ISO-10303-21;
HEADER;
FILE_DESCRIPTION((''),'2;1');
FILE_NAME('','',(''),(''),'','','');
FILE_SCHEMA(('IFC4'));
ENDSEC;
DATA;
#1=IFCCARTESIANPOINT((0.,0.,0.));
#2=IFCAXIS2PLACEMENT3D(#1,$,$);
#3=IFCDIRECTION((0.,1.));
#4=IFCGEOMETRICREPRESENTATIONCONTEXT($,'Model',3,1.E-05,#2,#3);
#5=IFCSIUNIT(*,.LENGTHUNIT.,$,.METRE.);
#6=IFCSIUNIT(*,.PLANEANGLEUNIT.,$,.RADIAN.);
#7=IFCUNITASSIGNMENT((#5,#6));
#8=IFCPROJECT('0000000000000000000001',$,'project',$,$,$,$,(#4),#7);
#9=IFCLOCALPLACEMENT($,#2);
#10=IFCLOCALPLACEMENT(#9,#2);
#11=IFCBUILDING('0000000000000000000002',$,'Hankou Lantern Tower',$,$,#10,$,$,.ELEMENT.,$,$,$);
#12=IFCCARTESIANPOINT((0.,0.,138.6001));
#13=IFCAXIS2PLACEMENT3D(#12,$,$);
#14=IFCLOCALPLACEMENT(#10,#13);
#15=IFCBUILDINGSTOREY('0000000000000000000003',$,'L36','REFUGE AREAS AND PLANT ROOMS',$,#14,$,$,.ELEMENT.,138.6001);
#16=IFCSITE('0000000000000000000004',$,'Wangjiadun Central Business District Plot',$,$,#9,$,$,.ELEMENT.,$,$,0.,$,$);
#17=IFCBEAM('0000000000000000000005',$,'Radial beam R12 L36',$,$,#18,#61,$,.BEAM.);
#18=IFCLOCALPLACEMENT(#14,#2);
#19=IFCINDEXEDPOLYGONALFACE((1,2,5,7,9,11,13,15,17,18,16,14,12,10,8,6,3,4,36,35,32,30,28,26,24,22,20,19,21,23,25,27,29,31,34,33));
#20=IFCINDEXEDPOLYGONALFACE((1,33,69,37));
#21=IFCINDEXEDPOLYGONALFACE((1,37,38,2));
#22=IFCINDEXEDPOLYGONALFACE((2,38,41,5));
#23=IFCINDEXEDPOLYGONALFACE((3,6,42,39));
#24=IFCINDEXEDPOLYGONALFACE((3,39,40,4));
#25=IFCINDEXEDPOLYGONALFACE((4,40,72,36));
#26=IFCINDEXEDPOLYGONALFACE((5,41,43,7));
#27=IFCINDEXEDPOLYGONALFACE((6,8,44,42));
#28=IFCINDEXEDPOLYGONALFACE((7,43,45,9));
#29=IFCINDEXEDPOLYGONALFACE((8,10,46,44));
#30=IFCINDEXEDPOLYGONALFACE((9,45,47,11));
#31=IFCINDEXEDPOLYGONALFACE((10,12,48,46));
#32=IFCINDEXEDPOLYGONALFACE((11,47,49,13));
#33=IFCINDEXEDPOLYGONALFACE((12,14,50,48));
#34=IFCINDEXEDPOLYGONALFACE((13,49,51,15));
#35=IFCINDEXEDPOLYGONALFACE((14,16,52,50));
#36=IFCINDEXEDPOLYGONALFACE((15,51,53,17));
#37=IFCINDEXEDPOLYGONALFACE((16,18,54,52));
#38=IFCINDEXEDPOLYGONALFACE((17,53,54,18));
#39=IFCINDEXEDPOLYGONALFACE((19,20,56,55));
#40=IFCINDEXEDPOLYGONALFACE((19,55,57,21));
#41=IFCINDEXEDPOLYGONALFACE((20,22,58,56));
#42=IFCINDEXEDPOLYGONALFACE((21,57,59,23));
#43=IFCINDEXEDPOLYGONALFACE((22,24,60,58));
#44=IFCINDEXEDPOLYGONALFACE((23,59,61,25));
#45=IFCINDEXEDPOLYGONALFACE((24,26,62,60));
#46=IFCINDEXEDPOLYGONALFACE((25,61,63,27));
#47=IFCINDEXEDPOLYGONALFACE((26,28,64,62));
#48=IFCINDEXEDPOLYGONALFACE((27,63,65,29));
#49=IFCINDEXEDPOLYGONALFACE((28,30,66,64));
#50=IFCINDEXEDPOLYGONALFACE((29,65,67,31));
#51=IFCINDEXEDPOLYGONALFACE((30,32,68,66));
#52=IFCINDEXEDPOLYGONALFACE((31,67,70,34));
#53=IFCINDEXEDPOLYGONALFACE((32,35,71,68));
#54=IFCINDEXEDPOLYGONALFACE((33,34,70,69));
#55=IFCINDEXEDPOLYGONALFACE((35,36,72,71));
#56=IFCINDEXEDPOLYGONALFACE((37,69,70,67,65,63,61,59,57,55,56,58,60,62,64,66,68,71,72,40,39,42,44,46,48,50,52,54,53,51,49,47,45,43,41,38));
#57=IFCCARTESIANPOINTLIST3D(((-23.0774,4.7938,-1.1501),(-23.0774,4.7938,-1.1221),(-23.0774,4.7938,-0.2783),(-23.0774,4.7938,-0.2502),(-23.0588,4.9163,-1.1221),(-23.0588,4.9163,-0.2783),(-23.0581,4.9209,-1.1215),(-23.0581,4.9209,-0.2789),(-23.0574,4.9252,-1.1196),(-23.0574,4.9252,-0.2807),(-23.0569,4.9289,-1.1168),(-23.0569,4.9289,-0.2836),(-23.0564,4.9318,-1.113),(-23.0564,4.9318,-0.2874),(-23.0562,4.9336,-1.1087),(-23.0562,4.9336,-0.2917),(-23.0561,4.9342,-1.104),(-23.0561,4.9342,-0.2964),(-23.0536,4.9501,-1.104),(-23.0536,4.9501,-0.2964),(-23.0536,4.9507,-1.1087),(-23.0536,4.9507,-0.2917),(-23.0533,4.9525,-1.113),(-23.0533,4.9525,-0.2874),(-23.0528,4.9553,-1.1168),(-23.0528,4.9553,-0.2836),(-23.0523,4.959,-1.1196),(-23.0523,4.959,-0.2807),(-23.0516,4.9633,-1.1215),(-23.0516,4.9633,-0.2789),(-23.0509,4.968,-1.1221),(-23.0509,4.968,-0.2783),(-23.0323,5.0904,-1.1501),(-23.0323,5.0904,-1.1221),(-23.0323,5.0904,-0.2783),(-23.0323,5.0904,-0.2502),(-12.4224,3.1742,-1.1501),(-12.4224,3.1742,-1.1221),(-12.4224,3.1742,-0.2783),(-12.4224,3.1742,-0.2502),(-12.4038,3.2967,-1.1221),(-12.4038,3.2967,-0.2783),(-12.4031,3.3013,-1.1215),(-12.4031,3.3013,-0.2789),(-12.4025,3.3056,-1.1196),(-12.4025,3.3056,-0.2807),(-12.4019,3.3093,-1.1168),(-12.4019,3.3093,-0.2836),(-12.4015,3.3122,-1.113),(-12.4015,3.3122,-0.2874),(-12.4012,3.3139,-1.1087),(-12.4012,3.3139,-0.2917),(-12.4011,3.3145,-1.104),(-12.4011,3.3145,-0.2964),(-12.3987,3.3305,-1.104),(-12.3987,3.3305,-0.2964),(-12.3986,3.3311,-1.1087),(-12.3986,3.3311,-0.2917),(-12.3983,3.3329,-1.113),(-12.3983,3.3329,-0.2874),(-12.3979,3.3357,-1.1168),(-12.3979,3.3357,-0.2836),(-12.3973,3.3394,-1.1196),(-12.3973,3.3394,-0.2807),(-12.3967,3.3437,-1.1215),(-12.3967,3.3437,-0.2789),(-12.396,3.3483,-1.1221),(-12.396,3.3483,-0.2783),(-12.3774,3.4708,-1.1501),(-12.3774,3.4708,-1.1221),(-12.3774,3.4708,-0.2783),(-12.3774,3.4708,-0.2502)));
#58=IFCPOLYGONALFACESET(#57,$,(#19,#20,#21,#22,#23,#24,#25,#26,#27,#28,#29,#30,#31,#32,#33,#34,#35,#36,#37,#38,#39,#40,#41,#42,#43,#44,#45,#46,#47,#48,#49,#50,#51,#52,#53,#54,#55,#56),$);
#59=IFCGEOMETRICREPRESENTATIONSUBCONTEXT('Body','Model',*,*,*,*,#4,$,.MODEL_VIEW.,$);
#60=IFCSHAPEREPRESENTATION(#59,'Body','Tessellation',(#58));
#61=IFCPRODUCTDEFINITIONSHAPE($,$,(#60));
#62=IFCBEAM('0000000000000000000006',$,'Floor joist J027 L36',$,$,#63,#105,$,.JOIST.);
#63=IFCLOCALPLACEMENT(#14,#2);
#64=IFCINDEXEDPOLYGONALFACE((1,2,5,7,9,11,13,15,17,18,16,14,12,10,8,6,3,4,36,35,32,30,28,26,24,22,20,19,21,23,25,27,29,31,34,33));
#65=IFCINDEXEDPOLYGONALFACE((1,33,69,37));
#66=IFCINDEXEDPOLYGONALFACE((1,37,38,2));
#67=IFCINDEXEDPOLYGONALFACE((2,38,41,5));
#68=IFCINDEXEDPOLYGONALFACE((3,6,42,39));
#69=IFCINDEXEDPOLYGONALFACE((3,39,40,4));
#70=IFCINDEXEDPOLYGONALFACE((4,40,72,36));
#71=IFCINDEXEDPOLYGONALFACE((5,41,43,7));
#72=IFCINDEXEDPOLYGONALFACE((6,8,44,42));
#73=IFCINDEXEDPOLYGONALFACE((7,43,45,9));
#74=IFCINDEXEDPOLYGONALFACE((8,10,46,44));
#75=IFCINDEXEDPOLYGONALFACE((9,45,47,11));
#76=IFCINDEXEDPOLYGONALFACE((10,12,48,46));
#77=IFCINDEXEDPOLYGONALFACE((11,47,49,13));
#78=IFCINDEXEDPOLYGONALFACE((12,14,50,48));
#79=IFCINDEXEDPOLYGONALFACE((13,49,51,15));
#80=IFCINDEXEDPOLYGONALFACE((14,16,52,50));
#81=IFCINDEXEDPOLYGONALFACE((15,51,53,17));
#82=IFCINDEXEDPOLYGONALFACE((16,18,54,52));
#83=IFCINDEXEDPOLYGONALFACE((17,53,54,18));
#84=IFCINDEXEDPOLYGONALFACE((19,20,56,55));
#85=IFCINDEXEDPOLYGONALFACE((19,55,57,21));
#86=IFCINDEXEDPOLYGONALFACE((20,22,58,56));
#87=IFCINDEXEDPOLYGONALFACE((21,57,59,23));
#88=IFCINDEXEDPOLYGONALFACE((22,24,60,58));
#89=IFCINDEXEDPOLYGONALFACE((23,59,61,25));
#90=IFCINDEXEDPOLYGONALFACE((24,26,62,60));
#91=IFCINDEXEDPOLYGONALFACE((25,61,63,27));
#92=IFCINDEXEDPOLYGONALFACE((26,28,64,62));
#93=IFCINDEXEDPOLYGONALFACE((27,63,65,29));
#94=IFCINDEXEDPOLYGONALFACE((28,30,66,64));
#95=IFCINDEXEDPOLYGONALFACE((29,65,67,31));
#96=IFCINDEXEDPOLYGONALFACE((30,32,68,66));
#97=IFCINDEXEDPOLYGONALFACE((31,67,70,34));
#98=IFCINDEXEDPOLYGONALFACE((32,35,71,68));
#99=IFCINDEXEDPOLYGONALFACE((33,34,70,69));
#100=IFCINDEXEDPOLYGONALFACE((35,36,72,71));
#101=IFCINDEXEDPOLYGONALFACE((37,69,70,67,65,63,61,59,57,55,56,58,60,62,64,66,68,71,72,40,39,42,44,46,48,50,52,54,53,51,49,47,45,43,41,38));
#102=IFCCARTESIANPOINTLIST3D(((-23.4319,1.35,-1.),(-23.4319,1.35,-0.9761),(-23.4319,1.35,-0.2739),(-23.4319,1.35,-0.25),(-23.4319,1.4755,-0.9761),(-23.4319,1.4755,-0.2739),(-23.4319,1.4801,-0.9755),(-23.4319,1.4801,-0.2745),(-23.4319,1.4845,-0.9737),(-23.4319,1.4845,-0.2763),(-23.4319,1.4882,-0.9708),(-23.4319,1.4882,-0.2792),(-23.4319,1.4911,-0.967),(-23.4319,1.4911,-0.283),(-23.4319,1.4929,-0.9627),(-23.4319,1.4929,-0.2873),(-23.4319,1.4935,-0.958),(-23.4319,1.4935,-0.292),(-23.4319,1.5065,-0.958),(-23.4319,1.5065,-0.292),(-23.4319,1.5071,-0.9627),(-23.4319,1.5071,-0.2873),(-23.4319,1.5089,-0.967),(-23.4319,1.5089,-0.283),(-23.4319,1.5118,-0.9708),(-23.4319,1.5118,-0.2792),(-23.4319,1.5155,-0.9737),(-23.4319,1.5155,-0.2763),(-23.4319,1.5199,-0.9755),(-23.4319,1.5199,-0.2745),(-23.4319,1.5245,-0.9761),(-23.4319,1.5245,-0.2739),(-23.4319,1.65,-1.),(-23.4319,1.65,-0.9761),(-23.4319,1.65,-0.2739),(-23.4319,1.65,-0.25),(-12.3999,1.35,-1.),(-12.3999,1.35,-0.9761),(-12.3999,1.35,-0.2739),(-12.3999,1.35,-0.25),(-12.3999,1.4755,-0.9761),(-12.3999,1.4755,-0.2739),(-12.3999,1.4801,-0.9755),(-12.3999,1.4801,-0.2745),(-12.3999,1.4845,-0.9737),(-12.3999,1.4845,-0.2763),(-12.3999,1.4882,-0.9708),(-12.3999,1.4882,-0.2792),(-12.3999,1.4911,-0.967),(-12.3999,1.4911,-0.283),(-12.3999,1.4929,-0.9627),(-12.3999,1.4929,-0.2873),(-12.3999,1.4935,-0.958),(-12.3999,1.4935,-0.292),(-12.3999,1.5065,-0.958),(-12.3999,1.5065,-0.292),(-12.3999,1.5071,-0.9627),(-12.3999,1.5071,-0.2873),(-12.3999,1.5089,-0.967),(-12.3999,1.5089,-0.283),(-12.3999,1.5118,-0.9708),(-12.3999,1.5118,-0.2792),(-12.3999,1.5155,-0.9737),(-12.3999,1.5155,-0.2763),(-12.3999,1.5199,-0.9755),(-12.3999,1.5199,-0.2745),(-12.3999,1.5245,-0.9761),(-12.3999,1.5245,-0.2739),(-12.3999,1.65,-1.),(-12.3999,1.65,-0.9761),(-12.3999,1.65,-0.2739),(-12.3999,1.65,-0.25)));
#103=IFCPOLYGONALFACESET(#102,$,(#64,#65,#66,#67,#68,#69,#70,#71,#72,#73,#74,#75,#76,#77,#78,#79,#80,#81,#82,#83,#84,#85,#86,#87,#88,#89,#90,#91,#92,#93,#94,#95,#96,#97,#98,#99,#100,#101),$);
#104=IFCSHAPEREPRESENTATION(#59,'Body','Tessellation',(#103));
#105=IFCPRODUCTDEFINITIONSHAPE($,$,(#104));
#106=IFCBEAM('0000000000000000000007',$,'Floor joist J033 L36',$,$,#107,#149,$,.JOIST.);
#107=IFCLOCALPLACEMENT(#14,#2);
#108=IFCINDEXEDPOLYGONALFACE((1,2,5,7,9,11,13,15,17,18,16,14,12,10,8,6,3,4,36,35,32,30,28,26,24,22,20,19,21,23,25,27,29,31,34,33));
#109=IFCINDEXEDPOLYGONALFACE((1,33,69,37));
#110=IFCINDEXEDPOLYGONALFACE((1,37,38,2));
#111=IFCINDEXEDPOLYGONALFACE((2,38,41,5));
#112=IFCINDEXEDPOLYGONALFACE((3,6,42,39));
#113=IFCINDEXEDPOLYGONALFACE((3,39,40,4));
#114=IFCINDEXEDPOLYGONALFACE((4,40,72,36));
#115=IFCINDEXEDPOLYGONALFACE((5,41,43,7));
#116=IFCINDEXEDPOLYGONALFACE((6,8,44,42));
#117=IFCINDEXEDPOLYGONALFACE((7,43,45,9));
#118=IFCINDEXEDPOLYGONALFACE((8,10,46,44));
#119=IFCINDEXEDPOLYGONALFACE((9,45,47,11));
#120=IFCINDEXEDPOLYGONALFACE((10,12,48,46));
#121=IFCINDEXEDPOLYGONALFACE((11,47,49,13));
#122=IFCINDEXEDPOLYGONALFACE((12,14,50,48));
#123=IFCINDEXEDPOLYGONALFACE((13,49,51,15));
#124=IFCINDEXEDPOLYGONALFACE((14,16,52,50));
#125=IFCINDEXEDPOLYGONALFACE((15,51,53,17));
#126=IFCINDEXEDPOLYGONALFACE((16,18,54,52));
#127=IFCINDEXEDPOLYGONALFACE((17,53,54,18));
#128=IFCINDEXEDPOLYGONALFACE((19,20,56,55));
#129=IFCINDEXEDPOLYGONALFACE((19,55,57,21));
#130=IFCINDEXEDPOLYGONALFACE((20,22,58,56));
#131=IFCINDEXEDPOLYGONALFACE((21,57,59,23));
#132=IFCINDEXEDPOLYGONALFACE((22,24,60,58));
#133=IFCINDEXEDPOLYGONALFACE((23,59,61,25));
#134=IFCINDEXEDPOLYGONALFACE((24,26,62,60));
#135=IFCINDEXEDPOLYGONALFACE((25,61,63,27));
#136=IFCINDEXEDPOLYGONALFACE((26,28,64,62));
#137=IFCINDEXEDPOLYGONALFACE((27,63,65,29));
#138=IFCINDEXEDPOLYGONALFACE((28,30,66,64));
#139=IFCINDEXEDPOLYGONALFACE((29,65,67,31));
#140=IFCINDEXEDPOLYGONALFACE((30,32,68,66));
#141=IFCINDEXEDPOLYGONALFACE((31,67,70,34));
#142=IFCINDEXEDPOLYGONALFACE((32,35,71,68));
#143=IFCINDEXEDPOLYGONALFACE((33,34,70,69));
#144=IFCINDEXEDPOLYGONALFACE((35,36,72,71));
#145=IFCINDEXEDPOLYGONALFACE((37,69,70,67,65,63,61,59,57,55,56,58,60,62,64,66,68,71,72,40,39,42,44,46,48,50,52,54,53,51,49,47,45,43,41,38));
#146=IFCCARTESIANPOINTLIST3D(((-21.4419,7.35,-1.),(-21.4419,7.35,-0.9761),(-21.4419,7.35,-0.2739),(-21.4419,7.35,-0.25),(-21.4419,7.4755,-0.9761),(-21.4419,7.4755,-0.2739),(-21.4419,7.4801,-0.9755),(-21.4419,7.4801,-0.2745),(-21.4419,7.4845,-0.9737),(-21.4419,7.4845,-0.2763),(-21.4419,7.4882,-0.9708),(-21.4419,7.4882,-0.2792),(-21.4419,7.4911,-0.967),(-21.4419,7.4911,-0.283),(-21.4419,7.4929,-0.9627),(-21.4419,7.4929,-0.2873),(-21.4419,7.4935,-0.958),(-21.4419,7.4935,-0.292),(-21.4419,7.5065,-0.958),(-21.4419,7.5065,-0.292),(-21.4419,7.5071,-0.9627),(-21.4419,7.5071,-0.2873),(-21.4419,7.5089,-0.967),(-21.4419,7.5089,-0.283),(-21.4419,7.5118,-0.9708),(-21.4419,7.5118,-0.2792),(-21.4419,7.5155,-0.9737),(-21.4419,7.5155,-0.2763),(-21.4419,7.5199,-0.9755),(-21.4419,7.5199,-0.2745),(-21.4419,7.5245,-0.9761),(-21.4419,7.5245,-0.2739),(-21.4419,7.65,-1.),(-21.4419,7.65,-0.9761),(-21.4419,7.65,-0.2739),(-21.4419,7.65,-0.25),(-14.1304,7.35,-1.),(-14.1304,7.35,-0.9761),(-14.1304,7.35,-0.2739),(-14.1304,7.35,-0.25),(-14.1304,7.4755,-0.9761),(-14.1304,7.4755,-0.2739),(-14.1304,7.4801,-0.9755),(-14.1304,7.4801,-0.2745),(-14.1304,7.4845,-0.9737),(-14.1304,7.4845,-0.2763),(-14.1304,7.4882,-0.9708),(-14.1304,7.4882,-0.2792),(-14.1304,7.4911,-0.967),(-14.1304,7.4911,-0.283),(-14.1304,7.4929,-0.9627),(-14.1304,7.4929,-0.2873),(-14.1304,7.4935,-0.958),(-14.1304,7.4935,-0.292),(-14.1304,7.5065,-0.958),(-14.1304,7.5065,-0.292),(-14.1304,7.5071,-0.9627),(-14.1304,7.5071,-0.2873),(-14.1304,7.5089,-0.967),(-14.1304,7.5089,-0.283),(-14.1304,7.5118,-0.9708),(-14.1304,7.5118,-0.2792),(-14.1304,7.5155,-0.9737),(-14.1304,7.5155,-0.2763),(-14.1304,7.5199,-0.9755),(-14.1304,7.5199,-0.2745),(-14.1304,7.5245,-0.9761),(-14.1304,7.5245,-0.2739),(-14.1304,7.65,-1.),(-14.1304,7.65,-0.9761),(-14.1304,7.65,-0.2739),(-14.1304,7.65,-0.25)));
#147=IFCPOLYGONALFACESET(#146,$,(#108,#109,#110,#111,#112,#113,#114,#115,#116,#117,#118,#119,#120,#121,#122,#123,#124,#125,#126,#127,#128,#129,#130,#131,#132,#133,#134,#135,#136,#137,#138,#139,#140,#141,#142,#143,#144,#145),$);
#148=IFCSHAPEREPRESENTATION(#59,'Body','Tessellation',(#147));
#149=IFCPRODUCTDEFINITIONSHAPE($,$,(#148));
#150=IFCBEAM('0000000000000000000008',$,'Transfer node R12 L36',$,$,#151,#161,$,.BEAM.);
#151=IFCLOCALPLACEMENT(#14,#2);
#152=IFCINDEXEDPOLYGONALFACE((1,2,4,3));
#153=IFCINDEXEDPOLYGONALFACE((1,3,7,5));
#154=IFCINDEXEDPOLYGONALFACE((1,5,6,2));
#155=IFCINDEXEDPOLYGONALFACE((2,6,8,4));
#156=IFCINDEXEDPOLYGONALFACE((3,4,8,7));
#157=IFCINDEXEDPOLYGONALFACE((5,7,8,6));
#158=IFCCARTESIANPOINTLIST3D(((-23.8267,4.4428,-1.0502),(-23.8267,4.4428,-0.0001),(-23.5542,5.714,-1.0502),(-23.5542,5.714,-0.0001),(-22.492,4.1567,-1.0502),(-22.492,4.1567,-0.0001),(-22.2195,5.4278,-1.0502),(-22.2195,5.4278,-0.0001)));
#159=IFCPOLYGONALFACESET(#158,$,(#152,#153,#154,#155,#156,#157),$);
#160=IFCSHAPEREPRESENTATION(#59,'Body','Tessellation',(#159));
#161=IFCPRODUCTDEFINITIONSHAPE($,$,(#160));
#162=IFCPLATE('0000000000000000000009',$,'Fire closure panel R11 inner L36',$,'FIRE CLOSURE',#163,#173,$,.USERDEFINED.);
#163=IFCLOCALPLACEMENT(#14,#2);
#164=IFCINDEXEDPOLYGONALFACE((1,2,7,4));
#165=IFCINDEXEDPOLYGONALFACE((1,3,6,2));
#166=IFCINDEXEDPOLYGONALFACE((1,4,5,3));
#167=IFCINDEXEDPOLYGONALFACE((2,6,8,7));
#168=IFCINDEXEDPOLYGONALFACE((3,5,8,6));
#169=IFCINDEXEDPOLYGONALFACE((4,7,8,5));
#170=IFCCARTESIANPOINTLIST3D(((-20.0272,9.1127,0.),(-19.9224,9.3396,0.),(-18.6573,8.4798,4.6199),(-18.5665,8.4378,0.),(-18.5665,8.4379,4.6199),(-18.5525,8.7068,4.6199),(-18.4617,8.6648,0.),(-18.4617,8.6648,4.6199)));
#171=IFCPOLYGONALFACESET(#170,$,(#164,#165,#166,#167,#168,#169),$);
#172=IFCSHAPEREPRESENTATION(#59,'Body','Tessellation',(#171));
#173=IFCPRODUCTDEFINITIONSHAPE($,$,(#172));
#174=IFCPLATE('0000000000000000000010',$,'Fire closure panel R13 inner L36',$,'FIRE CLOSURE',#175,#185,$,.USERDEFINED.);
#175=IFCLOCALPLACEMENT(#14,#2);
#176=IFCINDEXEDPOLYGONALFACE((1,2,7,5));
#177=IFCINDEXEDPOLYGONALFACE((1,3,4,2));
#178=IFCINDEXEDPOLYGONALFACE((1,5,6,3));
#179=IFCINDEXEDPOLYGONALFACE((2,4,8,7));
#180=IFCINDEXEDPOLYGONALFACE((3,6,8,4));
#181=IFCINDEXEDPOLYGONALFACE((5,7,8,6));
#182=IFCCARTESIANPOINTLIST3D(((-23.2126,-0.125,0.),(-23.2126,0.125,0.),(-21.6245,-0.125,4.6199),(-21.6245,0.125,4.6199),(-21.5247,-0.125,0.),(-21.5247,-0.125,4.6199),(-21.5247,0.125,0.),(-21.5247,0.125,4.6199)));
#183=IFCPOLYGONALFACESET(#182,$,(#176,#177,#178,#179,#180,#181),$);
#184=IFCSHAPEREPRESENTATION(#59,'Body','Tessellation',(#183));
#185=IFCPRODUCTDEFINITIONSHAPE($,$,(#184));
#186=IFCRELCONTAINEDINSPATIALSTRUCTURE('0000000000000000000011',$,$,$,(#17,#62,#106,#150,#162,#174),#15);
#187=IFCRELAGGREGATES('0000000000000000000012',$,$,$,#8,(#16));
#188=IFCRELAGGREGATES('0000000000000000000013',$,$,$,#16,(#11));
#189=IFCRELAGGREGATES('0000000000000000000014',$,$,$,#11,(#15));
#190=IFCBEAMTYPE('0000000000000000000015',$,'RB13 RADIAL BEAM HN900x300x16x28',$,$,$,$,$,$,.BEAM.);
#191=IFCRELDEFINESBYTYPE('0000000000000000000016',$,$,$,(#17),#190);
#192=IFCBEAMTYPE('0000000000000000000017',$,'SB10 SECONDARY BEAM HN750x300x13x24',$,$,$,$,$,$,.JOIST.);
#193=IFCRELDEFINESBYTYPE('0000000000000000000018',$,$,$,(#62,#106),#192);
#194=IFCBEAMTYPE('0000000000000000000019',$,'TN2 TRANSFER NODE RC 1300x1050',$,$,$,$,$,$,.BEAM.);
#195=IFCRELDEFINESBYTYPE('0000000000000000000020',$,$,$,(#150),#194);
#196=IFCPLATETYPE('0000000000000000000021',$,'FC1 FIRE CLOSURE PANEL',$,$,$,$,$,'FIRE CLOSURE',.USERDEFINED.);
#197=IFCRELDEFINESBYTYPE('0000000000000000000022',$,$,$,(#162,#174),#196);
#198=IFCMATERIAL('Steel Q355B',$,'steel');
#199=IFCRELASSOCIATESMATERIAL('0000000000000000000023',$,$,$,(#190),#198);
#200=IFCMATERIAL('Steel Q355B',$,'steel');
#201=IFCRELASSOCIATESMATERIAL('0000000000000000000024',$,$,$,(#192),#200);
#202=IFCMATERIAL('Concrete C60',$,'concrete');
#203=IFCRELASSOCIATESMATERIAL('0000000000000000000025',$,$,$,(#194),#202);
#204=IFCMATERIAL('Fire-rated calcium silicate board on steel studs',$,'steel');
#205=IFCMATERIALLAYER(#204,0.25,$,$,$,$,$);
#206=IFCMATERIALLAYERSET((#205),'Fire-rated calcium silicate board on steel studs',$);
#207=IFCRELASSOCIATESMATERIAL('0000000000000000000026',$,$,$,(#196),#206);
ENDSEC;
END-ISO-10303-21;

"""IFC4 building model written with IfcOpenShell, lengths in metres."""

from ifc_helpers import new_model, si_unit, direction, frame, origin, origin_2d, place, context, subcontext, project, spatial, polyline, rectangle, i_section, outline, extrude, material, layer, layer_set, material_profile, profile_set, type_object, element, save


model = new_model("IFC4")

# Units and contexts
model_context = context("Model", 3, precision=1e-05, world=origin(), true_north=direction((0.0, 1.0)))
body_context = subcontext(model_context, "Body", "Model", "MODEL_VIEW")
ifc_project = project(units=[si_unit("LENGTHUNIT", "METRE"), si_unit("PLANEANGLEUNIT", "RADIAN")], contexts=[model_context])

# Site, building, storey
site_placement = place(None, origin())
site = spatial("IfcSite", under=ifc_project, at=site_placement, Name="Wangjiadun Central Business District Plot", CompositionType="ELEMENT", RefElevation=0.0)
building_placement = place(site_placement, origin())
building = spatial("IfcBuilding", under=site, at=building_placement, Name="Hankou Lantern Tower", CompositionType="ELEMENT")
storey_placement = place(building_placement, frame((0.0, 0.0, 138.6001)))
storey = spatial("IfcBuildingStorey", under=building, at=storey_placement, Name="L36", Description="REFUGE AREAS AND PLANT ROOMS", CompositionType="ELEMENT", Elevation=138.6001)

# Beams
ifc_material_1 = material(Name="Steel Q355B", Category="steel")
ifc_material_profile_1 = material_profile(ifc_material_1, i_section(OverallWidth=0.3, OverallDepth=0.8999, WebThickness=0.0161, FlangeThickness=0.0281, FilletRadius=0.0181, at=origin_2d()), Name="HN900x300x16x28")
ifc_profile_set_1 = profile_set([ifc_material_profile_1], Name="Steel Q355B")
beam_type_1 = type_object("IfcBeamType", Name="RB13 RADIAL BEAM HN900x300x16x28", PredefinedType="BEAM", material=ifc_profile_set_1)
beam_1_placement = place(storey_placement, frame((-12.3999, 3.3225, -0.7002), z_axis=(-0.988644, 0.15028, 0.0), x_axis=(-0.15028, -0.988644, 0.0)))
element("IfcBeam", 1, at=beam_1_placement, inside=storey, type_object=beam_type_1, Name="Radial beam R12 L36", PredefinedType="BEAM", context=body_context, shape_type="SweptSolid", body=[
    extrude(i_section(OverallWidth=0.3, OverallDepth=0.8999, WebThickness=0.0161, FlangeThickness=0.0281, FilletRadius=0.0181, at=origin_2d()), origin(), (0.0, 0.0, 1.0), 10.7773),
])
ifc_material_2 = material(Name="Steel Q355B", Category="steel")
ifc_material_profile_2 = material_profile(ifc_material_2, i_section(OverallWidth=0.3, OverallDepth=0.75, WebThickness=0.0129, FlangeThickness=0.0239, FilletRadius=0.0181, at=origin_2d()), Name="HN750x300x13x24")
ifc_profile_set_2 = profile_set([ifc_material_profile_2], Name="Steel Q355B")
beam_type_2 = type_object("IfcBeamType", Name="SB10 SECONDARY BEAM HN750x300x13x24", PredefinedType="JOIST", material=ifc_profile_set_2)
beam_2_placement = place(storey_placement, frame((-23.4319, 1.5, -0.625), z_axis=(1.0, 0.0, 0.0), x_axis=(0.0, 1.0, 0.0)))
element("IfcBeam", 2, at=beam_2_placement, inside=storey, type_object=beam_type_2, Name="Floor joist J027 L36", PredefinedType="JOIST", context=body_context, shape_type="SweptSolid", body=[
    extrude(i_section(OverallWidth=0.3, OverallDepth=0.75, WebThickness=0.0129, FlangeThickness=0.0239, FilletRadius=0.0181, at=origin_2d()), origin(), (0.0, 0.0, 1.0), 11.032),
])
beam_3_placement = place(storey_placement, frame((-21.4419, 7.5, -0.625), z_axis=(1.0, 0.0, 0.0), x_axis=(0.0, 1.0, 0.0)))
element("IfcBeam", 3, at=beam_3_placement, inside=storey, type_object=beam_type_2, Name="Floor joist J033 L36", PredefinedType="JOIST", context=body_context, shape_type="SweptSolid", body=[
    extrude(i_section(OverallWidth=0.3, OverallDepth=0.75, WebThickness=0.0129, FlangeThickness=0.0239, FilletRadius=0.0181, at=origin_2d()), origin(), (0.0, 0.0, 1.0), 7.3115),
])
ifc_material_3 = material(Name="Concrete C60", Category="concrete")
ifc_material_profile_3 = material_profile(ifc_material_3, rectangle(XDim=1.3, YDim=1.05, at=origin_2d()), Name="RC 1300x1050")
ifc_profile_set_3 = profile_set([ifc_material_profile_3], Name="Concrete C60")
beam_type_3 = type_object("IfcBeamType", Name="TN2 TRANSFER NODE RC 1300x1050", PredefinedType="BEAM", material=ifc_profile_set_3)
beam_4_placement = place(storey_placement, frame((-23.6904, 5.0784, -0.5251), z_axis=(0.977784, -0.209615, 0.0), x_axis=(0.209615, 0.977784, 0.0)))
element("IfcBeam", 4, at=beam_4_placement, inside=storey, type_object=beam_type_3, Name="Transfer node R12 L36", PredefinedType="BEAM", context=body_context, shape_type="SweptSolid", body=[
    extrude(rectangle(XDim=1.3, YDim=1.05, at=origin_2d()), origin(), (0.0, 0.0, 1.0), 1.365),
])

# Plates
ifc_material_4 = material(Name="Fire-rated calcium silicate board on steel studs", Category="steel")
ifc_layer_1 = layer(ifc_material_4, 0.25)
ifc_layer_set_1 = layer_set([ifc_layer_1], Name="Fire-rated calcium silicate board on steel studs")
plate_type = type_object("IfcPlateType", Name="FC1 FIRE CLOSURE PANEL", ElementType="FIRE CLOSURE", PredefinedType="USERDEFINED", material=ifc_layer_set_1)
plate_1_placement = place(storey_placement, frame((-18.4617, 8.6648, 0.0), z_axis=(0.419402, 0.9078, -0.000007), x_axis=(-0.9078, 0.419402, 0.0)))
element("IfcPlate", 5, at=plate_1_placement, inside=storey, type_object=plate_type, Name="Fire closure panel R11 inner L36", ObjectType="FIRE CLOSURE", PredefinedType="USERDEFINED", context=body_context, shape_type="SweptSolid", body=[
    extrude(outline(polyline([(0.0, 0.0), (1.609, 0.0), (0.1001, 4.6199), (0.0, 4.6199), (0.0, 0.0)])), origin(), (0.0, 0.0, -1.0), 0.25),
])
plate_2_placement = place(storey_placement, frame((-21.5247, 0.125, 0.0), z_axis=(0.0, 1.0, 0.0), x_axis=(-1.0, 0.0, 0.0)))
element("IfcPlate", 6, at=plate_2_placement, inside=storey, type_object=plate_type, Name="Fire closure panel R13 inner L36", ObjectType="FIRE CLOSURE", PredefinedType="USERDEFINED", context=body_context, shape_type="SweptSolid", body=[
    extrude(outline(polyline([(0.0, 0.0), (1.688, 0.0), (0.0999, 4.6199), (0.0, 4.6199), (0.0, 0.0)])), origin(), (0.0, 0.0, -1.0), 0.25),
])

save(model, "model.ifc")
